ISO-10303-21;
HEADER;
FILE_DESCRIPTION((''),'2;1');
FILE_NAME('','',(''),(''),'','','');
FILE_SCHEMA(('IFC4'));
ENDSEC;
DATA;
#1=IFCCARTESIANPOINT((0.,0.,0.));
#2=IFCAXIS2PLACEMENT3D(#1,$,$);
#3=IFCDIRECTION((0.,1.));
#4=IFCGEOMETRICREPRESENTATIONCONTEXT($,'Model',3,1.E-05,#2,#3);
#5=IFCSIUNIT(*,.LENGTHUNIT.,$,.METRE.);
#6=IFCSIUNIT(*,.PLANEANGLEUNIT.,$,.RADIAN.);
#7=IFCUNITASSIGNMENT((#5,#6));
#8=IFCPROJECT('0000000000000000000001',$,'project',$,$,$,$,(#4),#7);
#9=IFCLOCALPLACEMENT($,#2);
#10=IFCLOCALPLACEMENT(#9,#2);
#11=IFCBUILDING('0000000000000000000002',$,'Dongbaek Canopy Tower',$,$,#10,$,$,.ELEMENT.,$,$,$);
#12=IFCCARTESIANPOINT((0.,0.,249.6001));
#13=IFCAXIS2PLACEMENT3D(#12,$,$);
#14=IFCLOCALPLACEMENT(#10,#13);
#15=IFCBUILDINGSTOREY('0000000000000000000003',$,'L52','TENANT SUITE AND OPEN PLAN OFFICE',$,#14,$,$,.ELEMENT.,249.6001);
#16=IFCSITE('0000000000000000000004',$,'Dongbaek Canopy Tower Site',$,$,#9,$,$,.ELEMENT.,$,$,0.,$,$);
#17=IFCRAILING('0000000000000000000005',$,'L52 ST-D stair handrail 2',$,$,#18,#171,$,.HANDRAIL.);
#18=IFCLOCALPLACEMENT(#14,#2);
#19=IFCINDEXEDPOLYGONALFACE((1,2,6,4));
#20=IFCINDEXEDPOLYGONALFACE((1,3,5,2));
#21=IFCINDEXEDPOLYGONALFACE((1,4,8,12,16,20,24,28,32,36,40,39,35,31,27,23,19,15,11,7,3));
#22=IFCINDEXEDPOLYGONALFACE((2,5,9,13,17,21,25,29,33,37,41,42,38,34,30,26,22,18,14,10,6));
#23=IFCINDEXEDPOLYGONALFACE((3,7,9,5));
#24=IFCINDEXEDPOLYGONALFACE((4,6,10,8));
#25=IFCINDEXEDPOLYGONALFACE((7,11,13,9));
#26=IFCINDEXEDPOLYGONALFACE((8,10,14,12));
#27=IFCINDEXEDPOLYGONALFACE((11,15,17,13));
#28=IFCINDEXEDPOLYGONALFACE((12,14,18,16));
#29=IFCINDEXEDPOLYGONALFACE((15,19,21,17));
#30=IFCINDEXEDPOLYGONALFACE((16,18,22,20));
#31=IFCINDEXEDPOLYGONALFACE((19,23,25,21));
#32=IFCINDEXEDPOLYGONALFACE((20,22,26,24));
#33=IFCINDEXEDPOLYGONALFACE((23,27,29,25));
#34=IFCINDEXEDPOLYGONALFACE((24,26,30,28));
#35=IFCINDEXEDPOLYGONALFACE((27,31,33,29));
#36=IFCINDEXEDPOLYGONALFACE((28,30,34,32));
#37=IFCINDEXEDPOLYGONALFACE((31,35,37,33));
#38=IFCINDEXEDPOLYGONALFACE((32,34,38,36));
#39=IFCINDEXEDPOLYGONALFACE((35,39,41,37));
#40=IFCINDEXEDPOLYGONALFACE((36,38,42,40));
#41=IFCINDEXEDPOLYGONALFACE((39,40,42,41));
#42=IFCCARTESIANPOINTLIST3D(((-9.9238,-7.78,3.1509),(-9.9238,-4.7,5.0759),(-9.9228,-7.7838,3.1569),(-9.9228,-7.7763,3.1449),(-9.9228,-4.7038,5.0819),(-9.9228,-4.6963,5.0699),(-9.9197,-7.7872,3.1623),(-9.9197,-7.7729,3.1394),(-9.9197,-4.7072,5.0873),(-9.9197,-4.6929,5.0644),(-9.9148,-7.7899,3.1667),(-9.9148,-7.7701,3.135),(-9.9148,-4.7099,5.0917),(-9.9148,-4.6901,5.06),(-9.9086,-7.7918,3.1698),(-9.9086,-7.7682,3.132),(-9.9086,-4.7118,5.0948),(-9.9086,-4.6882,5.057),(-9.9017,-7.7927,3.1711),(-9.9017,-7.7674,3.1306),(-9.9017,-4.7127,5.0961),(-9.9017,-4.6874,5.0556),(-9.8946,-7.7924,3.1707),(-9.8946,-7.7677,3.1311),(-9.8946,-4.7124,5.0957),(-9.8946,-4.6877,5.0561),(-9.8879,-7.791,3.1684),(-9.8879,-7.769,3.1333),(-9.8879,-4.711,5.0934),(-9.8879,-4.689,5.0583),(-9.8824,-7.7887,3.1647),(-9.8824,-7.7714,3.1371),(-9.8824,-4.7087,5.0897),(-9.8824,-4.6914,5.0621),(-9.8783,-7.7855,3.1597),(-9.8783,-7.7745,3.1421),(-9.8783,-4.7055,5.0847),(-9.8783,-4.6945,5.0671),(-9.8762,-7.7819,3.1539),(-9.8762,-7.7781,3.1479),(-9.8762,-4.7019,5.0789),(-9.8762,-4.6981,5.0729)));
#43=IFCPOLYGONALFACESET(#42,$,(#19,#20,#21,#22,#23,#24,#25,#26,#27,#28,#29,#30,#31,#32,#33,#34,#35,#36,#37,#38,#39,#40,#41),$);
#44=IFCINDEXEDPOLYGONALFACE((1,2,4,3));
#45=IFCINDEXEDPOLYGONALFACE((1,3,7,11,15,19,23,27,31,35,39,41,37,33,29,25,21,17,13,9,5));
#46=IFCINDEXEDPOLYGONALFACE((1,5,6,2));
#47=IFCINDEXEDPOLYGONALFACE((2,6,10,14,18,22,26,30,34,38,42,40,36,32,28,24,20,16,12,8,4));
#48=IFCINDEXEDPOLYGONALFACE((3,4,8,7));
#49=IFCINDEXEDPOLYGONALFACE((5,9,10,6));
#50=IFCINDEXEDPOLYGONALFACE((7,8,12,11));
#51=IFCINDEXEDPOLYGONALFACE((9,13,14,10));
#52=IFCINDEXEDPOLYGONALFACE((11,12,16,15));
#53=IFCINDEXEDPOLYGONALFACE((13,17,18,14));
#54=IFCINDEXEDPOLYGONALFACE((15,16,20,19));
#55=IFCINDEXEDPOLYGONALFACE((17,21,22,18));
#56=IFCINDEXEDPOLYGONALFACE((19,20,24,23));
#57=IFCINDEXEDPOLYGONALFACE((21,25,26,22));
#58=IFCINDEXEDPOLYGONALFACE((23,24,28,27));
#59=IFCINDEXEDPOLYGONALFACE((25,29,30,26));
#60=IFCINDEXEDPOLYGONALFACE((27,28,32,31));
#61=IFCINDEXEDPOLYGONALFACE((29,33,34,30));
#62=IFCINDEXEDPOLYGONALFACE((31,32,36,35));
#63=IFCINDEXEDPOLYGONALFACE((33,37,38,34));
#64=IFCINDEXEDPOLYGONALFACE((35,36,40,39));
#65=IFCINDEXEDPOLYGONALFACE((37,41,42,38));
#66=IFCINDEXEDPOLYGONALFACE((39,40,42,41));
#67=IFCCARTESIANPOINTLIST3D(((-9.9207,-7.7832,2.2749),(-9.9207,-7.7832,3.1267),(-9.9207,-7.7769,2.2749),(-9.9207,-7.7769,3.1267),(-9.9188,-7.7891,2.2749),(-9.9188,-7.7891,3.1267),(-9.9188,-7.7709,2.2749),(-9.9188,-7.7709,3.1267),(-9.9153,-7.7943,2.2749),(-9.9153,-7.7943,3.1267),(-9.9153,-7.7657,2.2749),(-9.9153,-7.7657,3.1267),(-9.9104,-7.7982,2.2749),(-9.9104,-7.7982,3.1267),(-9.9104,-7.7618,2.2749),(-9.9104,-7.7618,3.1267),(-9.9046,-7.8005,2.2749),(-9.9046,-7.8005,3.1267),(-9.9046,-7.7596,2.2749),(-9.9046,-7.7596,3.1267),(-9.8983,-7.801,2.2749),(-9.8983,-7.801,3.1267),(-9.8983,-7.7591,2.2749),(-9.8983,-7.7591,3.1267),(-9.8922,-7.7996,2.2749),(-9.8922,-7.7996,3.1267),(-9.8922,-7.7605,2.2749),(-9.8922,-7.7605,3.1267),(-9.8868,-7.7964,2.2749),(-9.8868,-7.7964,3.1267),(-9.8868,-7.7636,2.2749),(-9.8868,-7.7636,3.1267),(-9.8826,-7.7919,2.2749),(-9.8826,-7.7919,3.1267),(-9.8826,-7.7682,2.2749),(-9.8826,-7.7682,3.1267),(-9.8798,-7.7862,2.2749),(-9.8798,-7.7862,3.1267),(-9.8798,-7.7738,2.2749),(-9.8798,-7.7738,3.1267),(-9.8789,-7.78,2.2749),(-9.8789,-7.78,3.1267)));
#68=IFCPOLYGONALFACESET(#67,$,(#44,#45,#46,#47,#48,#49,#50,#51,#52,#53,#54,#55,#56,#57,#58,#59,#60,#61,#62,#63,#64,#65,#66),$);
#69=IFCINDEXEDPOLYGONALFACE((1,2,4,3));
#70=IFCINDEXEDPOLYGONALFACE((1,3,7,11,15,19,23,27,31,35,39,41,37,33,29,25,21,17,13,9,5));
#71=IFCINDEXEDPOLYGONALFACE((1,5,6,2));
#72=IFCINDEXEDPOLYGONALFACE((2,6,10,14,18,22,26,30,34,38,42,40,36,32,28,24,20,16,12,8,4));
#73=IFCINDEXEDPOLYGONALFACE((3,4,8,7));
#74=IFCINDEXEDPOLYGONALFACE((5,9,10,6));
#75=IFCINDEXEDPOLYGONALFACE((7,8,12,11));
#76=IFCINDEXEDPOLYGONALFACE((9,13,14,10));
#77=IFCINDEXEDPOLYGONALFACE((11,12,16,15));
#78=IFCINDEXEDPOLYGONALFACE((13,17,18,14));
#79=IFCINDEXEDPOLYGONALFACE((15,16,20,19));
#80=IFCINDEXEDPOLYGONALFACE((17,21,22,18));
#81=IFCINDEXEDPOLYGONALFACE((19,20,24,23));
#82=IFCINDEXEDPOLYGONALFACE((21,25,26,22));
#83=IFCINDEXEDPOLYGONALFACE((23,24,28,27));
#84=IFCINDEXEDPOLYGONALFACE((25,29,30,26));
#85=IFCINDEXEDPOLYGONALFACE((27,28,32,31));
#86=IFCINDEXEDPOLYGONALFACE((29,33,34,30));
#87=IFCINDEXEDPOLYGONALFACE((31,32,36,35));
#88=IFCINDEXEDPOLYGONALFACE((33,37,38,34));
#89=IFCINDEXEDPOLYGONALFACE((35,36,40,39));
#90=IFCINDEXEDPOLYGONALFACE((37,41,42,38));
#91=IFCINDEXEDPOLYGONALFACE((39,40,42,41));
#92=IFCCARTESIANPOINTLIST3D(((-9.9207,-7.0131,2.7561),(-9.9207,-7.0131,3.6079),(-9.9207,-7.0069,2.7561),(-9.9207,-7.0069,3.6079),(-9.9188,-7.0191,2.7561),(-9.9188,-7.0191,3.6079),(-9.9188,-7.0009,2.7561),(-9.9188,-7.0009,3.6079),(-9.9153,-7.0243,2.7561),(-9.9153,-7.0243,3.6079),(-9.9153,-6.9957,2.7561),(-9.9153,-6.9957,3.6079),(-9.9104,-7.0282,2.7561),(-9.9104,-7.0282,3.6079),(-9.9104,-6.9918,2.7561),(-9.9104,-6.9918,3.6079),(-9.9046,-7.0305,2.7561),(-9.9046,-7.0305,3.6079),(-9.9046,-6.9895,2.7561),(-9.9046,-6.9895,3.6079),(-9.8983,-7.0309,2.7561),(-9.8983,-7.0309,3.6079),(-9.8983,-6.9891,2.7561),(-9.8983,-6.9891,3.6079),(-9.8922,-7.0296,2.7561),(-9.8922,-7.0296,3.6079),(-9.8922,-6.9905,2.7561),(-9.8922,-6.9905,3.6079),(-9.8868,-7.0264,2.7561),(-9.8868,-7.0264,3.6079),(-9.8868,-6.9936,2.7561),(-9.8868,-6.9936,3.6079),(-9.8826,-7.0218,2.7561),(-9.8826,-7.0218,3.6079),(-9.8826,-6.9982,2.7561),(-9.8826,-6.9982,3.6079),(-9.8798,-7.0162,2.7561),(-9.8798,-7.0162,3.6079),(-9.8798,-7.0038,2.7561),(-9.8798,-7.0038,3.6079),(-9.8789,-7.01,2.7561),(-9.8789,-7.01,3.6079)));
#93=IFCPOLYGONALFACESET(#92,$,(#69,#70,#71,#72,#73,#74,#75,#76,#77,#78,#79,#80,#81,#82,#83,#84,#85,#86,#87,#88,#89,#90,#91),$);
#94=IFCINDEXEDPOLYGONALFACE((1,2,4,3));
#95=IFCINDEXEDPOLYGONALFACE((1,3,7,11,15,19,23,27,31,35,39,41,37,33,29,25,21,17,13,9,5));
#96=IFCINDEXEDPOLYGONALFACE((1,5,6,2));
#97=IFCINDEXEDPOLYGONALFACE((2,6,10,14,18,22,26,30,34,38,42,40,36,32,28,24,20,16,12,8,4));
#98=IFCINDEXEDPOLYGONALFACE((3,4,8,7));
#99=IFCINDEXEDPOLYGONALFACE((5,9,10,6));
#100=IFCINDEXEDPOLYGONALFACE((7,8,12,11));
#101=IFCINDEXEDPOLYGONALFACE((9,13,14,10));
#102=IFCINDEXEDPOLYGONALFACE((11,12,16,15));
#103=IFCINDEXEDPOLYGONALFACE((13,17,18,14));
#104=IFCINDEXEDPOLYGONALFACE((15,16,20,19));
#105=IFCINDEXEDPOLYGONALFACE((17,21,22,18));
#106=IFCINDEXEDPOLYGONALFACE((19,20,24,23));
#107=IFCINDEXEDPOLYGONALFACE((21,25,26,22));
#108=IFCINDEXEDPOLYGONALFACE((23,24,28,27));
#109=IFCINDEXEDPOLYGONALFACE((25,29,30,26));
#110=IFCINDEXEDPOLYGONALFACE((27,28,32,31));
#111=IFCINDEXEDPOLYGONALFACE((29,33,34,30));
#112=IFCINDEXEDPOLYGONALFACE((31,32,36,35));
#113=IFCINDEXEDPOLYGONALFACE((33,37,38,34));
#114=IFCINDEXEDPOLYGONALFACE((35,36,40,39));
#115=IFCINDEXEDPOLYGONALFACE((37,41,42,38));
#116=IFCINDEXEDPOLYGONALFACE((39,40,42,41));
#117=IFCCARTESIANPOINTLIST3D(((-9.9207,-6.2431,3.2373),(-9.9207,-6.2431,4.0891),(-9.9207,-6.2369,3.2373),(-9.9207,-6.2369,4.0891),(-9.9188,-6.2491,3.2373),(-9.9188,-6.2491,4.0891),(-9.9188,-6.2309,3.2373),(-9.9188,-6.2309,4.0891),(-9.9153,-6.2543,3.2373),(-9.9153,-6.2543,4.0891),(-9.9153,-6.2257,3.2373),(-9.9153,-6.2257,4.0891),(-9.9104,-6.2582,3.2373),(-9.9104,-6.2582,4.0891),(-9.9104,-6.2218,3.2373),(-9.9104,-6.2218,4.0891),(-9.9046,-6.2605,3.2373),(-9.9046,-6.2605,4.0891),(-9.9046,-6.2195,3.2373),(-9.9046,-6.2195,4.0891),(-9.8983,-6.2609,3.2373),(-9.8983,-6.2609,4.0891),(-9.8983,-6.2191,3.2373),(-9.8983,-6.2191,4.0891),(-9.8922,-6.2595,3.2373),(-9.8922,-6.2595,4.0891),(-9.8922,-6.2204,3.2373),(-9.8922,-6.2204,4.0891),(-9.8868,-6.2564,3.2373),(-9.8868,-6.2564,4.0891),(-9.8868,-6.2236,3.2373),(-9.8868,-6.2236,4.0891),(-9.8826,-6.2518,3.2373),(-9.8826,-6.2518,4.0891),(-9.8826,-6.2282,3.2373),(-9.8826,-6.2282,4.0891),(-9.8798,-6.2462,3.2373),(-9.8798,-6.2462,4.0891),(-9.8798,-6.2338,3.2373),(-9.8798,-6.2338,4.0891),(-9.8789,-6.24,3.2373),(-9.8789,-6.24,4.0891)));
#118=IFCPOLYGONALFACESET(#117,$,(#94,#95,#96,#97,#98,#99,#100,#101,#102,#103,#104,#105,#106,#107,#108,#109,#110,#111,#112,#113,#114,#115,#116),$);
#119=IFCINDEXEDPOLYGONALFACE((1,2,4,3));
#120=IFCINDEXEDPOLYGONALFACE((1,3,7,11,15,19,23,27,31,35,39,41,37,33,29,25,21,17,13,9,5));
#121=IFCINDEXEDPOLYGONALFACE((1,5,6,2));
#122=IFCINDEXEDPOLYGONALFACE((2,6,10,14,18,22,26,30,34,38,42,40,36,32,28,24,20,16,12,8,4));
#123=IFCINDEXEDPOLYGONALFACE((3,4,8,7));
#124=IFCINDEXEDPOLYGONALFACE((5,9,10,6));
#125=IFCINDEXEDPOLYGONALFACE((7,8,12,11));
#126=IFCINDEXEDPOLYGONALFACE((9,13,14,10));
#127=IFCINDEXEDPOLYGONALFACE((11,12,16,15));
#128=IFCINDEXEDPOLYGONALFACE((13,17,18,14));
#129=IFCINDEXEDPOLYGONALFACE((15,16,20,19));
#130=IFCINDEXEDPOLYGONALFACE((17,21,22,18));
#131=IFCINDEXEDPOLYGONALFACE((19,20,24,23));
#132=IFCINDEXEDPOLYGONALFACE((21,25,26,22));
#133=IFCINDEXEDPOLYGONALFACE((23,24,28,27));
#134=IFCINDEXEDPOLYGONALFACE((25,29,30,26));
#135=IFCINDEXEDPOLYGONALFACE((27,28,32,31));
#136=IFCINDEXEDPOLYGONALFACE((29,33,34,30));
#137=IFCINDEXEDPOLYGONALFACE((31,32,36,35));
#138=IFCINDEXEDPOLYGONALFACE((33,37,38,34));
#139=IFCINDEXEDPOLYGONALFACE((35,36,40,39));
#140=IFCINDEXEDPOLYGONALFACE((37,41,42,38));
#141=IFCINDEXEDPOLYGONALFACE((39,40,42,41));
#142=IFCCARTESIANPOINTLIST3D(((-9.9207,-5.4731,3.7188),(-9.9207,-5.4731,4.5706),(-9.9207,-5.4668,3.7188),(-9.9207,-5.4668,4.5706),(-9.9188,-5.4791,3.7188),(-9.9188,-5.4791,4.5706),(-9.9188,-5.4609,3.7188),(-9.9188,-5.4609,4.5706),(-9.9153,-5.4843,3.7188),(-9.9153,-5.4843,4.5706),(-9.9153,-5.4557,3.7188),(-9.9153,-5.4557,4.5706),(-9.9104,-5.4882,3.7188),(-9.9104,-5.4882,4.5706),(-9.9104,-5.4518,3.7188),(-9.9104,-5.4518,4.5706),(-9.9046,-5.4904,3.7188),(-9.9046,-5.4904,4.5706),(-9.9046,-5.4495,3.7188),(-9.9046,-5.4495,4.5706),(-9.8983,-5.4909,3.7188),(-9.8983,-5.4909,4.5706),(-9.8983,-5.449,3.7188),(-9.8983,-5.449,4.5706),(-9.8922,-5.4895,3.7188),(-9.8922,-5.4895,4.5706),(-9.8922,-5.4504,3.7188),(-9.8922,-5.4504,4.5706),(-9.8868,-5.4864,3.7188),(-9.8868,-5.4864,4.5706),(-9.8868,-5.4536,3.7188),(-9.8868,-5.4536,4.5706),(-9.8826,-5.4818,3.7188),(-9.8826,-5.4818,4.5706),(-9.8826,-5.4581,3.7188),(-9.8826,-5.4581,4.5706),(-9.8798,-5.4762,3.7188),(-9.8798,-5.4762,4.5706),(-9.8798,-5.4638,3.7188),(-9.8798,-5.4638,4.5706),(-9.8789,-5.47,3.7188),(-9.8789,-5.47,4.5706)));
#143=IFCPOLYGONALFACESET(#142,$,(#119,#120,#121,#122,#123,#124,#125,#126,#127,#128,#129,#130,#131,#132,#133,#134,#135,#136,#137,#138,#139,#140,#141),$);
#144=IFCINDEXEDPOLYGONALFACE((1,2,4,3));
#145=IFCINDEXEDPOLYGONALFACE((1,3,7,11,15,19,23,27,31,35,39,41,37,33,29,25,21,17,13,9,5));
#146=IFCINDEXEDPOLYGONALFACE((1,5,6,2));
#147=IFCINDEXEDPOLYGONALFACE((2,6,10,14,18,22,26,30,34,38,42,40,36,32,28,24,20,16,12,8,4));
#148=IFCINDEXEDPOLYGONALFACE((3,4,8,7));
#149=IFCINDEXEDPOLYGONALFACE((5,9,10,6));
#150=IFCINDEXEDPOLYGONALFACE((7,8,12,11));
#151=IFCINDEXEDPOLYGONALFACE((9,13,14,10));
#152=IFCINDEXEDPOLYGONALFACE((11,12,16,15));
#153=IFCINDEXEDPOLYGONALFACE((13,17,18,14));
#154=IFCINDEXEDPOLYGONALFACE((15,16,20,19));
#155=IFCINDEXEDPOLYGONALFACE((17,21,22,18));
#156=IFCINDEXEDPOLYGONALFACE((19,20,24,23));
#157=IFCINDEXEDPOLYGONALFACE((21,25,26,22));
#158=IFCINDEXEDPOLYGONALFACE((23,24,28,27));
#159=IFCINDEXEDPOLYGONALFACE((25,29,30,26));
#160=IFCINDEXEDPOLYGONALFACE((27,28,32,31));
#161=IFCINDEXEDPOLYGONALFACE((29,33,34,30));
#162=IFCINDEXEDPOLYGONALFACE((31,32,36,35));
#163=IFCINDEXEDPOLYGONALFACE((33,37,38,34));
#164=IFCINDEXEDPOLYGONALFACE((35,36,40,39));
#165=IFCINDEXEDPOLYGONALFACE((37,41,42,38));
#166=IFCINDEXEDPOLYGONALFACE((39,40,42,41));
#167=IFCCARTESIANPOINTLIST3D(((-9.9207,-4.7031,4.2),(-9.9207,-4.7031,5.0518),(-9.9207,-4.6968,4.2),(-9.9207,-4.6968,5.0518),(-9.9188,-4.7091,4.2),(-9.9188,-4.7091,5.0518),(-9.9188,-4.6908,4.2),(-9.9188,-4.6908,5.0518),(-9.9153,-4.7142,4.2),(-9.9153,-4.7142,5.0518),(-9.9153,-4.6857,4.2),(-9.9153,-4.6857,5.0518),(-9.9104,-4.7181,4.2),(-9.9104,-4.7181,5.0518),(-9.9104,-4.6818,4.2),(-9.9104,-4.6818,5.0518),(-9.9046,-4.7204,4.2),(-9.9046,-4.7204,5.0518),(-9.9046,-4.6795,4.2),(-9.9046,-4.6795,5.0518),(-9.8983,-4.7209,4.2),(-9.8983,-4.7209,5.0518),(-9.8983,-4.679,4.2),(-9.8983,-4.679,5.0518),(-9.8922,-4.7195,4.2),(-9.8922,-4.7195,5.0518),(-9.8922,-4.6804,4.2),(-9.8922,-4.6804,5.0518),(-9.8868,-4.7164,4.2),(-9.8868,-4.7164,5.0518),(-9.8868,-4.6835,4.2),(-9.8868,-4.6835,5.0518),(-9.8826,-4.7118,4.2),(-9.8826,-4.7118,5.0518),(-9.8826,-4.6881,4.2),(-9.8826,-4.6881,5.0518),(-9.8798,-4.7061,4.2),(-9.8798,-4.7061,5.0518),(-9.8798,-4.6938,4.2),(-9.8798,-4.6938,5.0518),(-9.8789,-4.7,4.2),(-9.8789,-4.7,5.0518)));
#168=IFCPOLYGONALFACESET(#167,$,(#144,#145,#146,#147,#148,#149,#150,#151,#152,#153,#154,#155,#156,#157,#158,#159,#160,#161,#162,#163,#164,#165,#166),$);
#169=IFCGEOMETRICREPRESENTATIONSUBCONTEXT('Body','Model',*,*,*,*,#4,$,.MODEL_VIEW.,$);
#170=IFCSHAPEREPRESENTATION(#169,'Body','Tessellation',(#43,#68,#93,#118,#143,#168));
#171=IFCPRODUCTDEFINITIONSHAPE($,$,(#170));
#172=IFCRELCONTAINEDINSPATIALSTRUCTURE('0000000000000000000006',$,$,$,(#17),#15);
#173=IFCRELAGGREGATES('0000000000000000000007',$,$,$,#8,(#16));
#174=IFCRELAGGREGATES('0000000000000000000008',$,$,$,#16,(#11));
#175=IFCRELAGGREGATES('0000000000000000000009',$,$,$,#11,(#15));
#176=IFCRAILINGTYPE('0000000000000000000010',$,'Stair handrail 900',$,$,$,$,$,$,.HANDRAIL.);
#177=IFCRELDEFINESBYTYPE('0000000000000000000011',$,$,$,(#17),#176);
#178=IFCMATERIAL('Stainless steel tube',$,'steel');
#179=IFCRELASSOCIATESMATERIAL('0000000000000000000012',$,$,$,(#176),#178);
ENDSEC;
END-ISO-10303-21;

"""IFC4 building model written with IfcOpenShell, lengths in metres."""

from ifc_helpers import new_model, si_unit, direction, frame, origin, origin_2d, place, context, subcontext, project, spatial, circle, extrude, material, type_object, element, save


model = new_model("IFC4")

# Units and contexts
model_context = context("Model", 3, precision=1e-05, world=origin(), true_north=direction((0.0, 1.0)))
body_context = subcontext(model_context, "Body", "Model", "MODEL_VIEW")
ifc_project = project(units=[si_unit("LENGTHUNIT", "METRE"), si_unit("PLANEANGLEUNIT", "RADIAN")], contexts=[model_context])

# Site, building, storey
site_placement = place(None, origin())
site = spatial("IfcSite", under=ifc_project, at=site_placement, Name="Dongbaek Canopy Tower Site", CompositionType="ELEMENT", RefElevation=0.0)
building_placement = place(site_placement, origin())
building = spatial("IfcBuilding", under=site, at=building_placement, Name="Dongbaek Canopy Tower", CompositionType="ELEMENT")
storey_placement = place(building_placement, frame((0.0, 0.0, 249.6001)))
storey = spatial("IfcBuildingStorey", under=building, at=storey_placement, Name="L52", Description="TENANT SUITE AND OPEN PLAN OFFICE", CompositionType="ELEMENT", Elevation=249.6001)

# Railing
ifc_material_1 = material(Name="Stainless steel tube", Category="steel")
railing_type_1 = type_object("IfcRailingType", Name="Stair handrail 900", PredefinedType="HANDRAIL", material=ifc_material_1)
railing_1_placement = place(storey_placement, frame((-9.8999, -7.78, 2.2749)))
element("IfcRailing", 1, at=railing_1_placement, inside=storey, type_object=railing_type_1, Name="L52 ST-D stair handrail 2", PredefinedType="HANDRAIL", context=body_context, shape_type="SweptSolid", body=[
    extrude(circle(Radius=0.0239, at=origin_2d()), frame((0.0, 0.0, 0.876), z_axis=(0.0, 0.847998, 0.529999), x_axis=(-1.0, 0.0, 0.0)), (0.0, 0.0, 1.0), 3.6321),
    extrude(circle(Radius=0.021, at=origin_2d()), origin(), (0.0, 0.0, 1.0), 0.8518),
    extrude(circle(Radius=0.021, at=origin_2d()), frame((0.0, 0.77, 0.4812)), (0.0, 0.0, 1.0), 0.8518),
    extrude(circle(Radius=0.021, at=origin_2d()), frame((0.0, 1.54, 0.9624)), (0.0, 0.0, 1.0), 0.8518),
    extrude(circle(Radius=0.021, at=origin_2d()), frame((0.0, 2.3101, 1.4438)), (0.0, 0.0, 1.0), 0.8518),
    extrude(circle(Radius=0.021, at=origin_2d()), frame((0.0, 3.0801, 1.925)), (0.0, 0.0, 1.0), 0.8518),
])

save(model, "model.ifc")
